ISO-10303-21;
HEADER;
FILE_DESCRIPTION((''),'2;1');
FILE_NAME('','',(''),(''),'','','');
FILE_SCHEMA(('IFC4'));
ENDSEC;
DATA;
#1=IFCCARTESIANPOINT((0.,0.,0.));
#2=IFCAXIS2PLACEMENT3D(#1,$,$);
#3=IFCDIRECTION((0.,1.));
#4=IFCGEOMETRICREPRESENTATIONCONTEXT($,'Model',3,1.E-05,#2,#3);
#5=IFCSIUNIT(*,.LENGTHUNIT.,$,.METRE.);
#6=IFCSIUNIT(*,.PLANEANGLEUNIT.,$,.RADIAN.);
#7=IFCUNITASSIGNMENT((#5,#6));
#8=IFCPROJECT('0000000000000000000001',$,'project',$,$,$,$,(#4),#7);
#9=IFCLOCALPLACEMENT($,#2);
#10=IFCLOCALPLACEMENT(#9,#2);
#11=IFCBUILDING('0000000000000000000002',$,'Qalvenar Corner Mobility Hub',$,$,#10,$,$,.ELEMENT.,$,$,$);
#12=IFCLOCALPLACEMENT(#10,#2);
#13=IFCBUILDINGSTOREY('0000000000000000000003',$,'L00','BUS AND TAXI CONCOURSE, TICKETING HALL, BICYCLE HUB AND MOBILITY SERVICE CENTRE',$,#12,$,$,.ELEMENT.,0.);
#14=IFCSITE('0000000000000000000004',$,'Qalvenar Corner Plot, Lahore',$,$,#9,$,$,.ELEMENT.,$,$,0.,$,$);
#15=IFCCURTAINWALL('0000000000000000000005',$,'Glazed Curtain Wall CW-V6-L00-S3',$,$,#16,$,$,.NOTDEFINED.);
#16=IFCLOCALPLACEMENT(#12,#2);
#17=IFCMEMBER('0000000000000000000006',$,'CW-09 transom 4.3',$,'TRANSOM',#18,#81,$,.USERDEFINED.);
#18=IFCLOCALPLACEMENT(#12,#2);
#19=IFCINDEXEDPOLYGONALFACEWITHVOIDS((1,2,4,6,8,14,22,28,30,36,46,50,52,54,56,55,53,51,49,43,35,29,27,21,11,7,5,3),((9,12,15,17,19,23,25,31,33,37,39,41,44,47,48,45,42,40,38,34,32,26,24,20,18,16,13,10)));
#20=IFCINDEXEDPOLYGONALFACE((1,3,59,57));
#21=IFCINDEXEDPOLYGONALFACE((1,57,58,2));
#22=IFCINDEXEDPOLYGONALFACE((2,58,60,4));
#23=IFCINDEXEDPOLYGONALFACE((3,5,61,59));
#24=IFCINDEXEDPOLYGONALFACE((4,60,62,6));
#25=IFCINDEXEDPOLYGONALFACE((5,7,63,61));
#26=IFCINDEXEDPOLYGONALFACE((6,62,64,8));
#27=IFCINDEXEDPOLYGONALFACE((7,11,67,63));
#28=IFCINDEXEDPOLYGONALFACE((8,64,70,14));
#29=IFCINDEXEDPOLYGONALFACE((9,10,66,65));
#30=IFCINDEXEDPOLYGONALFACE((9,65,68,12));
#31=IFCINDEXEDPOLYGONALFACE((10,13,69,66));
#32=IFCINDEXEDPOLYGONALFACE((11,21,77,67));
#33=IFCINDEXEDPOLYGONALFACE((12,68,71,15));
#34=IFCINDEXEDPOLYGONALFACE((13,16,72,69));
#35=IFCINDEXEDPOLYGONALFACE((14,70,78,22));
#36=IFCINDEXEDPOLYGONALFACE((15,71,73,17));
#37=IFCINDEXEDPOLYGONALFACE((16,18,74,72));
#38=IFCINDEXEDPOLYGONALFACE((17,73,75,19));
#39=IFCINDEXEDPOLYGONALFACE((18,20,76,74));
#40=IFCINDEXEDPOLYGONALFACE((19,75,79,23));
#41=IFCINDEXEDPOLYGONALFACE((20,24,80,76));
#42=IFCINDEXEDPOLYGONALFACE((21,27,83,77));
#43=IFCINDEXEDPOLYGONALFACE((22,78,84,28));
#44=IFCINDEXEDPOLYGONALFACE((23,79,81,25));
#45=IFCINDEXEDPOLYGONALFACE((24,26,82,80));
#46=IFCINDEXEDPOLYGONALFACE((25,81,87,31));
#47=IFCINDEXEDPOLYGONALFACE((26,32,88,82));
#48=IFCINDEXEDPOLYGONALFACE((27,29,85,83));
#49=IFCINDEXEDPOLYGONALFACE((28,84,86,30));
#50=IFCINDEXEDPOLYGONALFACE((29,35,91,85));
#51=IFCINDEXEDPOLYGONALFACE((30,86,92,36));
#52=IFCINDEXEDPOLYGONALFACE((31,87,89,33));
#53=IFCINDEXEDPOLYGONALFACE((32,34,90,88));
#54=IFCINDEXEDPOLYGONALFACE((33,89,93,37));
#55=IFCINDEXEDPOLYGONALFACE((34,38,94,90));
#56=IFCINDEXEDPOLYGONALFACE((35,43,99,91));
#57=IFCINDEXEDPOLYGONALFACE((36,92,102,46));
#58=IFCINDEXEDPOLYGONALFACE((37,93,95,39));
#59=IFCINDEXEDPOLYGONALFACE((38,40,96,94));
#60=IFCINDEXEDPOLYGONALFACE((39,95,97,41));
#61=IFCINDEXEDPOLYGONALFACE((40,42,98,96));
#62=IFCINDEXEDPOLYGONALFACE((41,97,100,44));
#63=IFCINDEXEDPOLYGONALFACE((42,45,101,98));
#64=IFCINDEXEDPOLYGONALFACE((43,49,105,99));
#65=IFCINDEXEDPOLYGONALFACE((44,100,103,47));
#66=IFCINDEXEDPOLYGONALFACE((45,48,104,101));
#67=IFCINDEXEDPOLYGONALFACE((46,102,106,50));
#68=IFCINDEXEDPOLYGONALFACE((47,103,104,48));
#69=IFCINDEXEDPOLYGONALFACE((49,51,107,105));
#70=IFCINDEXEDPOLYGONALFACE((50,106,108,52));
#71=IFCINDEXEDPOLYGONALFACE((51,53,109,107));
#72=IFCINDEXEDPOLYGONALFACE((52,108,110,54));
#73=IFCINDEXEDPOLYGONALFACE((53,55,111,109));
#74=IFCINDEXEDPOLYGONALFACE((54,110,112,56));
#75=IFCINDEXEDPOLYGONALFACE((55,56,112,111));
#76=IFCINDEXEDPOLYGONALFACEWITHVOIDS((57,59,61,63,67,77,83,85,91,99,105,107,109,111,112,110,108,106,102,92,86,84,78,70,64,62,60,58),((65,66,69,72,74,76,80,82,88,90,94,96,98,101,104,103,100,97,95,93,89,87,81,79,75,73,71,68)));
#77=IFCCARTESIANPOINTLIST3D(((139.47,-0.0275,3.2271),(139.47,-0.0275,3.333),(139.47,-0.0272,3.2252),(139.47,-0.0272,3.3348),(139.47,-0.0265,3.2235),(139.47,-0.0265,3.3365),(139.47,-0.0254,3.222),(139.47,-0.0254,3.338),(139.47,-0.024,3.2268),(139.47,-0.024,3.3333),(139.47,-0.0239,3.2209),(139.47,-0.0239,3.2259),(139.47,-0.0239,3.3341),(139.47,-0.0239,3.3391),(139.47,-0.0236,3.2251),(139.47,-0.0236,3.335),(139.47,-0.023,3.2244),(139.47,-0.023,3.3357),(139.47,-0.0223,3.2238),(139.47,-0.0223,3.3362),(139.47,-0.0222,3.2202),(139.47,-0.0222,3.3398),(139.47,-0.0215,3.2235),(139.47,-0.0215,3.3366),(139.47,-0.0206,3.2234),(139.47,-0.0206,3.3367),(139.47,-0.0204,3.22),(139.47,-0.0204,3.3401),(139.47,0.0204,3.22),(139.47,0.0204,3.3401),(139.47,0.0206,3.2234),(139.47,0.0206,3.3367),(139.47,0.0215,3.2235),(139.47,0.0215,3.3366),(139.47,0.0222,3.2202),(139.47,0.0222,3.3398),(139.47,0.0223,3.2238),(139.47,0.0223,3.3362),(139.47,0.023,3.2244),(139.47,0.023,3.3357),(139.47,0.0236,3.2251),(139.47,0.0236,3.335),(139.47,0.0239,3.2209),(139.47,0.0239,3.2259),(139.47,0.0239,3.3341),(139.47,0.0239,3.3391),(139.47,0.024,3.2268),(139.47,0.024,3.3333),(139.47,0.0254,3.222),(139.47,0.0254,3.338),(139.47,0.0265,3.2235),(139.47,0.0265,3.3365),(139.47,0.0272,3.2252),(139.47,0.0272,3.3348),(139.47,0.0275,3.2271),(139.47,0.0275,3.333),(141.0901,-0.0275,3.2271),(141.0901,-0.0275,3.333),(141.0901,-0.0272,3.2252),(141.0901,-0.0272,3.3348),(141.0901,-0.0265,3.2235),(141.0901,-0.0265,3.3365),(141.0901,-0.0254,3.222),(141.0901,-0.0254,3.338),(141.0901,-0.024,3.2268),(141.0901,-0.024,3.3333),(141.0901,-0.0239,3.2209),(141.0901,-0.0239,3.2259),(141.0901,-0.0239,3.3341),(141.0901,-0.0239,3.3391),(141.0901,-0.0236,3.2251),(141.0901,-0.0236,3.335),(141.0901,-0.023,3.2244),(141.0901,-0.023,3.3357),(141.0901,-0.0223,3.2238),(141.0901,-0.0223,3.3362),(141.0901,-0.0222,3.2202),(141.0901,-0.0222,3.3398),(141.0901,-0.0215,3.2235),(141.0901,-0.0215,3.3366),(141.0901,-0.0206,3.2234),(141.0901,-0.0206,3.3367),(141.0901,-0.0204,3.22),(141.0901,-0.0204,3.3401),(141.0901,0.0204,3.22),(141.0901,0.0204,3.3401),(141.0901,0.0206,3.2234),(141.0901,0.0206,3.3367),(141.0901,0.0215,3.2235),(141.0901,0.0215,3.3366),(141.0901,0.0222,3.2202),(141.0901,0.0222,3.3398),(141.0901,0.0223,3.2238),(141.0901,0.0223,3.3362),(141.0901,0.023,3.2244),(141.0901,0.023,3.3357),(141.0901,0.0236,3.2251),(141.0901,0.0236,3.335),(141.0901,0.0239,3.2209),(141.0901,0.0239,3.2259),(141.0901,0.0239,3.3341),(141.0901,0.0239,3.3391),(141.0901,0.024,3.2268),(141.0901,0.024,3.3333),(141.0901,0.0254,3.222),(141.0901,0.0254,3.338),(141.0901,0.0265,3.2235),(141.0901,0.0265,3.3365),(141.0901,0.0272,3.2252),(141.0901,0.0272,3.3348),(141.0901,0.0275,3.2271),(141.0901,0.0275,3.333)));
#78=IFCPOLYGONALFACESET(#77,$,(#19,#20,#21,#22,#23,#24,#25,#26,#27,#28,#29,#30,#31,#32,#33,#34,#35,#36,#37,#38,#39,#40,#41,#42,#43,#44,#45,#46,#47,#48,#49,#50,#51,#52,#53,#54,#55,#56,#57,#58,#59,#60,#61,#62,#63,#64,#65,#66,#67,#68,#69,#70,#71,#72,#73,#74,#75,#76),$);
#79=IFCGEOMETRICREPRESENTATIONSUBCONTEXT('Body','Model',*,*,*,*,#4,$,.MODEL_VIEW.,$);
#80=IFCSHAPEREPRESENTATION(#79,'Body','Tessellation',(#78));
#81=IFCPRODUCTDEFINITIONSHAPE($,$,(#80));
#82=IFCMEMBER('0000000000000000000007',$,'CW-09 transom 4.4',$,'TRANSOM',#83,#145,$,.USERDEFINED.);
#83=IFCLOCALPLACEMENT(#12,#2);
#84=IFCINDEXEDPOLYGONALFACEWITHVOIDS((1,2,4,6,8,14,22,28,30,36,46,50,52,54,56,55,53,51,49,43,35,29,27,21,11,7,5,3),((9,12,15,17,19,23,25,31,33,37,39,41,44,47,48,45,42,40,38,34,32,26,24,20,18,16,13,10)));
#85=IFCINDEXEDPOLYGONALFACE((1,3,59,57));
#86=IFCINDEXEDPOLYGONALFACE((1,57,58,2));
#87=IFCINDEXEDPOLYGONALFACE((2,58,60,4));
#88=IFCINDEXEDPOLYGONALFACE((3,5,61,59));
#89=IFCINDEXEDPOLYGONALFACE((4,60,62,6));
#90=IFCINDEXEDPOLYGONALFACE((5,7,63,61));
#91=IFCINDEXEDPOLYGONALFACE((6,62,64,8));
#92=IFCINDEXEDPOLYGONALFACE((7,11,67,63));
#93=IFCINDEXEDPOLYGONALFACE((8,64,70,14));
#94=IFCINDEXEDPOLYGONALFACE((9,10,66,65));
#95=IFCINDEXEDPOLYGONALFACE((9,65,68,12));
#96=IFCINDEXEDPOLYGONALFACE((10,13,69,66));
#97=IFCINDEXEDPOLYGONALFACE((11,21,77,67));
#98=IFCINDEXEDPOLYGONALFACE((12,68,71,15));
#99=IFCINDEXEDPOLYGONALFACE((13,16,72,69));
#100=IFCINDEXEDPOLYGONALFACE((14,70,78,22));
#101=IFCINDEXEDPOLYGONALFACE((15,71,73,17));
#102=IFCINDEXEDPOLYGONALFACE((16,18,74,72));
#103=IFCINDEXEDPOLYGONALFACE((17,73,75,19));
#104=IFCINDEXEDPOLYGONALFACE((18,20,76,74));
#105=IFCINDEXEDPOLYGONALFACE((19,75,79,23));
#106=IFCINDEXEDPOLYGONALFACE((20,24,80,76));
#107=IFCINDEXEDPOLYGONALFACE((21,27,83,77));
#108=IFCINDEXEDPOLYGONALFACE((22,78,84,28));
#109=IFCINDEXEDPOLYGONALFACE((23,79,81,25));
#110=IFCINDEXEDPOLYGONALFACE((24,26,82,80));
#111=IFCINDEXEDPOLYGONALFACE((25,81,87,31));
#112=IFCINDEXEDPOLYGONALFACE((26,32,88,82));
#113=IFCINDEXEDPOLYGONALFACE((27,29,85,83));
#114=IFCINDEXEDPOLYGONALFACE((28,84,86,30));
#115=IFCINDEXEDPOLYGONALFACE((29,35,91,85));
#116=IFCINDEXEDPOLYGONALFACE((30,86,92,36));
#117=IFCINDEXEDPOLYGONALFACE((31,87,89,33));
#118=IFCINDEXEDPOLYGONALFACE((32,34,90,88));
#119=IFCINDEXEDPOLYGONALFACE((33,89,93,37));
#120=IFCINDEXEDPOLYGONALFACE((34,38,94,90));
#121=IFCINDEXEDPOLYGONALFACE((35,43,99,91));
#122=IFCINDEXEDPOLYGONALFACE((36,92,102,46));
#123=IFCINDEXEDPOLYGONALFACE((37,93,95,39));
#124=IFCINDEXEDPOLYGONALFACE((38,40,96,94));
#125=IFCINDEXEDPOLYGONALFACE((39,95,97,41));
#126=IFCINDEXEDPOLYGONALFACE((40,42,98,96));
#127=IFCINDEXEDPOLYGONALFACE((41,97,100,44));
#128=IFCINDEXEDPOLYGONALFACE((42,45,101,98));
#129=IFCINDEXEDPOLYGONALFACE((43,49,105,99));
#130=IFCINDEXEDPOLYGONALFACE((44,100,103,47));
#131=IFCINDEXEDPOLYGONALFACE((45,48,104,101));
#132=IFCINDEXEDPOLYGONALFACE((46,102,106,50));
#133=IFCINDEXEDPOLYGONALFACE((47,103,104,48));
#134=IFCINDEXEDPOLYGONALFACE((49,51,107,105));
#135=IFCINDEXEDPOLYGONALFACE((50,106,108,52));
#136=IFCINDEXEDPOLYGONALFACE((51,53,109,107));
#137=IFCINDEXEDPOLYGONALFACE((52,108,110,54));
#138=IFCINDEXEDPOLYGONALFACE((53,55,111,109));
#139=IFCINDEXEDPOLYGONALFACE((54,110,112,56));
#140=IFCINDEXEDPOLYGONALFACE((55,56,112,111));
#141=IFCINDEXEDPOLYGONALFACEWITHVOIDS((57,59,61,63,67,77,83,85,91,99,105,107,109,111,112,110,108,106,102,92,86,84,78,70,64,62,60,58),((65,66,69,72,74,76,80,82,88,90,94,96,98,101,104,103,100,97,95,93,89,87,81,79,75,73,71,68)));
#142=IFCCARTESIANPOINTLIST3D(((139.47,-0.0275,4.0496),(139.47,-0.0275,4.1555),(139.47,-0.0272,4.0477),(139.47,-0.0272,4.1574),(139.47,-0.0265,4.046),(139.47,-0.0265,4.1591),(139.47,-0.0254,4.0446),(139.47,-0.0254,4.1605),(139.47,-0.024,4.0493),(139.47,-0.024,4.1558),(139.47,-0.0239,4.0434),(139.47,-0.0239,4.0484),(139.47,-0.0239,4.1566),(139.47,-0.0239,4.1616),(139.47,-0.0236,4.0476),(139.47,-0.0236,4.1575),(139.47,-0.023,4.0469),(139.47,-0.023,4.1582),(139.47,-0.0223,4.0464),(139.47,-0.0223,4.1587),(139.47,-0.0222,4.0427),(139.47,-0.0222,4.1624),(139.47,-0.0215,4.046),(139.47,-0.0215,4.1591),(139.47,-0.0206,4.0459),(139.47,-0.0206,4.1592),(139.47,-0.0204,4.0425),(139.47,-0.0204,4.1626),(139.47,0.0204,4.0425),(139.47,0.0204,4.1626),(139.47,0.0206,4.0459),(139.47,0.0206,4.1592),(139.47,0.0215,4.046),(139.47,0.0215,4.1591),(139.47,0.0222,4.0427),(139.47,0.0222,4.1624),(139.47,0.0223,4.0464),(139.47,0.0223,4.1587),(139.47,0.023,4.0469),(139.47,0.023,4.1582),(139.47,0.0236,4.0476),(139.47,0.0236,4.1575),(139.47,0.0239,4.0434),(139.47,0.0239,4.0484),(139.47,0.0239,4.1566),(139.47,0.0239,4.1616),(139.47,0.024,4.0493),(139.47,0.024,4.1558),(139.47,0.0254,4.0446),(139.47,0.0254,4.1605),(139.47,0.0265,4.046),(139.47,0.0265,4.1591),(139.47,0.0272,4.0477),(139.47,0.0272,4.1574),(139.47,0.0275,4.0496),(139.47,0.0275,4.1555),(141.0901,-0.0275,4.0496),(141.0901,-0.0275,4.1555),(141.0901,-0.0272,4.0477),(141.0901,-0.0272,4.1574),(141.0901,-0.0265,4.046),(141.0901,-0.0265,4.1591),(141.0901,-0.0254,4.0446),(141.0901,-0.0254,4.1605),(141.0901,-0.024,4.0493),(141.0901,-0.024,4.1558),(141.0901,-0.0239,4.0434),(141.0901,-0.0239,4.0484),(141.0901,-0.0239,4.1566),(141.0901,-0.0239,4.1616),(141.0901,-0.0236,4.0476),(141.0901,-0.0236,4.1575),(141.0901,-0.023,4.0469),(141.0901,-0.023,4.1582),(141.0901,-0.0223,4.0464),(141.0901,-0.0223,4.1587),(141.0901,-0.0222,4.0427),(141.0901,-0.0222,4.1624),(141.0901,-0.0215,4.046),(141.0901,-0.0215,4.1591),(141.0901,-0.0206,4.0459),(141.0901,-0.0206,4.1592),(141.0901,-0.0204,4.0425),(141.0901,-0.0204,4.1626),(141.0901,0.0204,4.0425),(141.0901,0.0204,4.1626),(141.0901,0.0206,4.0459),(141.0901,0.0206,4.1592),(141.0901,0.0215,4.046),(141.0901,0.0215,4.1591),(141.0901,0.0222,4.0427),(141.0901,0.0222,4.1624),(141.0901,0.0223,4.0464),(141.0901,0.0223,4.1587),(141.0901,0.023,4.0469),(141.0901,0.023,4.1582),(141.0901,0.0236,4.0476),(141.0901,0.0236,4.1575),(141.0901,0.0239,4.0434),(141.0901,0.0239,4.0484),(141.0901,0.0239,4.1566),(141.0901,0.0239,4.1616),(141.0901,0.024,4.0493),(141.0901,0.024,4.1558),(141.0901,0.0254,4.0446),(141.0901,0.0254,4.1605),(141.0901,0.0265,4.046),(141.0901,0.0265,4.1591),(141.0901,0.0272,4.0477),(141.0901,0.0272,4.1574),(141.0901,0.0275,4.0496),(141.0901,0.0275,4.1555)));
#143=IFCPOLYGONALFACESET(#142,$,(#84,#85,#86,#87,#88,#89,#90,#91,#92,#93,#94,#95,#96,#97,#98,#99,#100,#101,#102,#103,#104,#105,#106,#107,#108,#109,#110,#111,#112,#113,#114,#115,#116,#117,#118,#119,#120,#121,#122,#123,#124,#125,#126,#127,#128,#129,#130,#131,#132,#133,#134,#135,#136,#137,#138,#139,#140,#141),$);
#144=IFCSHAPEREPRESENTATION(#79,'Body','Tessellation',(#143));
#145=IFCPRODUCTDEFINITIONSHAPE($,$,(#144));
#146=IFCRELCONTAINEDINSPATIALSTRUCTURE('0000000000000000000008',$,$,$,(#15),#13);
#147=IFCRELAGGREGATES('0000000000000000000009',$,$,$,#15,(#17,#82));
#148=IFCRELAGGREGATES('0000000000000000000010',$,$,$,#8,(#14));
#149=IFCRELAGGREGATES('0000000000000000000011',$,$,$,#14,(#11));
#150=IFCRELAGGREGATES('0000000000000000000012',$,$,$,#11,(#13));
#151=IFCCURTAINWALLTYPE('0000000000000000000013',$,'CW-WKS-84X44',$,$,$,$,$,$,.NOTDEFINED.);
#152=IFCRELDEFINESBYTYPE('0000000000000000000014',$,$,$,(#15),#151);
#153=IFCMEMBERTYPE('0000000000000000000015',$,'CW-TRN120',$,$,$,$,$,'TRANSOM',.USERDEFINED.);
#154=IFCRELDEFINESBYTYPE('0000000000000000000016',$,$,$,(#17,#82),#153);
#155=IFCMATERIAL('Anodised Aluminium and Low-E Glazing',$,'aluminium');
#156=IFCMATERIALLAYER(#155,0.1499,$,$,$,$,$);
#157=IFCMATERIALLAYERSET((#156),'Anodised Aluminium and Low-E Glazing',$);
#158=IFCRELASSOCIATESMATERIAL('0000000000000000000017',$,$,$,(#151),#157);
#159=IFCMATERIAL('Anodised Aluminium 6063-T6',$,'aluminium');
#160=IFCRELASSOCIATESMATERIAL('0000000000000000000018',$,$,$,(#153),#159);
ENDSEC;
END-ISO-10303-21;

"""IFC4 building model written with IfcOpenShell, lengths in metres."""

from ifc_helpers import new_model, si_unit, direction, frame, origin, origin_2d, place, context, subcontext, project, spatial, hollow_rectangle, extrude, material, layer, layer_set, material_profile, profile_set, type_object, element, aggregate, save


model = new_model("IFC4")

# Units and contexts
model_context = context("Model", 3, precision=1e-05, world=origin(), true_north=direction((0.0, 1.0)))
body_context = subcontext(model_context, "Body", "Model", "MODEL_VIEW")
ifc_project = project(units=[si_unit("LENGTHUNIT", "METRE"), si_unit("PLANEANGLEUNIT", "RADIAN")], contexts=[model_context])

# Site, building, storey
site_placement = place(None, origin())
site = spatial("IfcSite", under=ifc_project, at=site_placement, Name="Qalvenar Corner Plot, Lahore", CompositionType="ELEMENT", RefElevation=0.0)
building_placement = place(site_placement, origin())
building = spatial("IfcBuilding", under=site, at=building_placement, Name="Qalvenar Corner Mobility Hub", CompositionType="ELEMENT")
storey_placement = place(building_placement, origin())
storey = spatial("IfcBuildingStorey", under=building, at=storey_placement, Name="L00", Description="BUS AND TAXI CONCOURSE, TICKETING HALL, BICYCLE HUB AND MOBILITY SERVICE CENTRE", CompositionType="ELEMENT", Elevation=0.0)

# Curtain wall, members
ifc_material_1 = material(Name="Anodised Aluminium and Low-E Glazing", Category="aluminium")
ifc_layer_1 = layer(ifc_material_1, 0.1499)
ifc_layer_set_1 = layer_set([ifc_layer_1], Name="Anodised Aluminium and Low-E Glazing")
curtain_wall_type = type_object("IfcCurtainWallType", Name="CW-WKS-84X44", PredefinedType="NOTDEFINED", material=ifc_layer_set_1)
curtain_wall_placement = place(storey_placement, origin())
curtain_wall = element("IfcCurtainWall", 1, at=curtain_wall_placement, inside=storey, type_object=curtain_wall_type, Name="Glazed Curtain Wall CW-V6-L00-S3", PredefinedType="NOTDEFINED")
ifc_material_2 = material(Name="Anodised Aluminium 6063-T6", Category="aluminium")
ifc_material_profile_1 = material_profile(ifc_material_2, hollow_rectangle(XDim=0.0549, YDim=0.1201, WallThickness=0.0034, InnerFilletRadius=0.0034, OuterFilletRadius=0.0071, at=origin_2d()), Name="RHS120x55x3.5")
ifc_profile_set_1 = profile_set([ifc_material_profile_1], Name="Anodised Aluminium 6063-T6")
member_type_1 = type_object("IfcMemberType", Name="CW-TRN120", ElementType="TRANSOM", PredefinedType="USERDEFINED", material=ifc_profile_set_1)
member_1_placement = place(storey_placement, frame((139.47, 0.0, 3.28), z_axis=(1.0, 0.0, 0.0), x_axis=(0.0, 1.0, 0.0)))
member_1 = element("IfcMember", 2, at=member_1_placement, type_object=member_type_1, Name="CW-09 transom 4.3", ObjectType="TRANSOM", PredefinedType="USERDEFINED", context=body_context, shape_type="SweptSolid", body=[
    extrude(hollow_rectangle(XDim=0.0549, YDim=0.1201, WallThickness=0.0034, InnerFilletRadius=0.0034, OuterFilletRadius=0.0071, at=origin_2d()), origin(), (0.0, 0.0, 1.0), 1.6201),
])
member_2_placement = place(storey_placement, frame((139.47, 0.0, 4.1025), z_axis=(1.0, 0.0, 0.0), x_axis=(0.0, 1.0, 0.0)))
member_2 = element("IfcMember", 3, at=member_2_placement, type_object=member_type_1, Name="CW-09 transom 4.4", ObjectType="TRANSOM", PredefinedType="USERDEFINED", context=body_context, shape_type="SweptSolid", body=[
    extrude(hollow_rectangle(XDim=0.0549, YDim=0.1201, WallThickness=0.0034, InnerFilletRadius=0.0034, OuterFilletRadius=0.0071, at=origin_2d()), origin(), (0.0, 0.0, 1.0), 1.6201),
])
aggregate(curtain_wall, [member_1, member_2])

save(model, "model.ifc")
